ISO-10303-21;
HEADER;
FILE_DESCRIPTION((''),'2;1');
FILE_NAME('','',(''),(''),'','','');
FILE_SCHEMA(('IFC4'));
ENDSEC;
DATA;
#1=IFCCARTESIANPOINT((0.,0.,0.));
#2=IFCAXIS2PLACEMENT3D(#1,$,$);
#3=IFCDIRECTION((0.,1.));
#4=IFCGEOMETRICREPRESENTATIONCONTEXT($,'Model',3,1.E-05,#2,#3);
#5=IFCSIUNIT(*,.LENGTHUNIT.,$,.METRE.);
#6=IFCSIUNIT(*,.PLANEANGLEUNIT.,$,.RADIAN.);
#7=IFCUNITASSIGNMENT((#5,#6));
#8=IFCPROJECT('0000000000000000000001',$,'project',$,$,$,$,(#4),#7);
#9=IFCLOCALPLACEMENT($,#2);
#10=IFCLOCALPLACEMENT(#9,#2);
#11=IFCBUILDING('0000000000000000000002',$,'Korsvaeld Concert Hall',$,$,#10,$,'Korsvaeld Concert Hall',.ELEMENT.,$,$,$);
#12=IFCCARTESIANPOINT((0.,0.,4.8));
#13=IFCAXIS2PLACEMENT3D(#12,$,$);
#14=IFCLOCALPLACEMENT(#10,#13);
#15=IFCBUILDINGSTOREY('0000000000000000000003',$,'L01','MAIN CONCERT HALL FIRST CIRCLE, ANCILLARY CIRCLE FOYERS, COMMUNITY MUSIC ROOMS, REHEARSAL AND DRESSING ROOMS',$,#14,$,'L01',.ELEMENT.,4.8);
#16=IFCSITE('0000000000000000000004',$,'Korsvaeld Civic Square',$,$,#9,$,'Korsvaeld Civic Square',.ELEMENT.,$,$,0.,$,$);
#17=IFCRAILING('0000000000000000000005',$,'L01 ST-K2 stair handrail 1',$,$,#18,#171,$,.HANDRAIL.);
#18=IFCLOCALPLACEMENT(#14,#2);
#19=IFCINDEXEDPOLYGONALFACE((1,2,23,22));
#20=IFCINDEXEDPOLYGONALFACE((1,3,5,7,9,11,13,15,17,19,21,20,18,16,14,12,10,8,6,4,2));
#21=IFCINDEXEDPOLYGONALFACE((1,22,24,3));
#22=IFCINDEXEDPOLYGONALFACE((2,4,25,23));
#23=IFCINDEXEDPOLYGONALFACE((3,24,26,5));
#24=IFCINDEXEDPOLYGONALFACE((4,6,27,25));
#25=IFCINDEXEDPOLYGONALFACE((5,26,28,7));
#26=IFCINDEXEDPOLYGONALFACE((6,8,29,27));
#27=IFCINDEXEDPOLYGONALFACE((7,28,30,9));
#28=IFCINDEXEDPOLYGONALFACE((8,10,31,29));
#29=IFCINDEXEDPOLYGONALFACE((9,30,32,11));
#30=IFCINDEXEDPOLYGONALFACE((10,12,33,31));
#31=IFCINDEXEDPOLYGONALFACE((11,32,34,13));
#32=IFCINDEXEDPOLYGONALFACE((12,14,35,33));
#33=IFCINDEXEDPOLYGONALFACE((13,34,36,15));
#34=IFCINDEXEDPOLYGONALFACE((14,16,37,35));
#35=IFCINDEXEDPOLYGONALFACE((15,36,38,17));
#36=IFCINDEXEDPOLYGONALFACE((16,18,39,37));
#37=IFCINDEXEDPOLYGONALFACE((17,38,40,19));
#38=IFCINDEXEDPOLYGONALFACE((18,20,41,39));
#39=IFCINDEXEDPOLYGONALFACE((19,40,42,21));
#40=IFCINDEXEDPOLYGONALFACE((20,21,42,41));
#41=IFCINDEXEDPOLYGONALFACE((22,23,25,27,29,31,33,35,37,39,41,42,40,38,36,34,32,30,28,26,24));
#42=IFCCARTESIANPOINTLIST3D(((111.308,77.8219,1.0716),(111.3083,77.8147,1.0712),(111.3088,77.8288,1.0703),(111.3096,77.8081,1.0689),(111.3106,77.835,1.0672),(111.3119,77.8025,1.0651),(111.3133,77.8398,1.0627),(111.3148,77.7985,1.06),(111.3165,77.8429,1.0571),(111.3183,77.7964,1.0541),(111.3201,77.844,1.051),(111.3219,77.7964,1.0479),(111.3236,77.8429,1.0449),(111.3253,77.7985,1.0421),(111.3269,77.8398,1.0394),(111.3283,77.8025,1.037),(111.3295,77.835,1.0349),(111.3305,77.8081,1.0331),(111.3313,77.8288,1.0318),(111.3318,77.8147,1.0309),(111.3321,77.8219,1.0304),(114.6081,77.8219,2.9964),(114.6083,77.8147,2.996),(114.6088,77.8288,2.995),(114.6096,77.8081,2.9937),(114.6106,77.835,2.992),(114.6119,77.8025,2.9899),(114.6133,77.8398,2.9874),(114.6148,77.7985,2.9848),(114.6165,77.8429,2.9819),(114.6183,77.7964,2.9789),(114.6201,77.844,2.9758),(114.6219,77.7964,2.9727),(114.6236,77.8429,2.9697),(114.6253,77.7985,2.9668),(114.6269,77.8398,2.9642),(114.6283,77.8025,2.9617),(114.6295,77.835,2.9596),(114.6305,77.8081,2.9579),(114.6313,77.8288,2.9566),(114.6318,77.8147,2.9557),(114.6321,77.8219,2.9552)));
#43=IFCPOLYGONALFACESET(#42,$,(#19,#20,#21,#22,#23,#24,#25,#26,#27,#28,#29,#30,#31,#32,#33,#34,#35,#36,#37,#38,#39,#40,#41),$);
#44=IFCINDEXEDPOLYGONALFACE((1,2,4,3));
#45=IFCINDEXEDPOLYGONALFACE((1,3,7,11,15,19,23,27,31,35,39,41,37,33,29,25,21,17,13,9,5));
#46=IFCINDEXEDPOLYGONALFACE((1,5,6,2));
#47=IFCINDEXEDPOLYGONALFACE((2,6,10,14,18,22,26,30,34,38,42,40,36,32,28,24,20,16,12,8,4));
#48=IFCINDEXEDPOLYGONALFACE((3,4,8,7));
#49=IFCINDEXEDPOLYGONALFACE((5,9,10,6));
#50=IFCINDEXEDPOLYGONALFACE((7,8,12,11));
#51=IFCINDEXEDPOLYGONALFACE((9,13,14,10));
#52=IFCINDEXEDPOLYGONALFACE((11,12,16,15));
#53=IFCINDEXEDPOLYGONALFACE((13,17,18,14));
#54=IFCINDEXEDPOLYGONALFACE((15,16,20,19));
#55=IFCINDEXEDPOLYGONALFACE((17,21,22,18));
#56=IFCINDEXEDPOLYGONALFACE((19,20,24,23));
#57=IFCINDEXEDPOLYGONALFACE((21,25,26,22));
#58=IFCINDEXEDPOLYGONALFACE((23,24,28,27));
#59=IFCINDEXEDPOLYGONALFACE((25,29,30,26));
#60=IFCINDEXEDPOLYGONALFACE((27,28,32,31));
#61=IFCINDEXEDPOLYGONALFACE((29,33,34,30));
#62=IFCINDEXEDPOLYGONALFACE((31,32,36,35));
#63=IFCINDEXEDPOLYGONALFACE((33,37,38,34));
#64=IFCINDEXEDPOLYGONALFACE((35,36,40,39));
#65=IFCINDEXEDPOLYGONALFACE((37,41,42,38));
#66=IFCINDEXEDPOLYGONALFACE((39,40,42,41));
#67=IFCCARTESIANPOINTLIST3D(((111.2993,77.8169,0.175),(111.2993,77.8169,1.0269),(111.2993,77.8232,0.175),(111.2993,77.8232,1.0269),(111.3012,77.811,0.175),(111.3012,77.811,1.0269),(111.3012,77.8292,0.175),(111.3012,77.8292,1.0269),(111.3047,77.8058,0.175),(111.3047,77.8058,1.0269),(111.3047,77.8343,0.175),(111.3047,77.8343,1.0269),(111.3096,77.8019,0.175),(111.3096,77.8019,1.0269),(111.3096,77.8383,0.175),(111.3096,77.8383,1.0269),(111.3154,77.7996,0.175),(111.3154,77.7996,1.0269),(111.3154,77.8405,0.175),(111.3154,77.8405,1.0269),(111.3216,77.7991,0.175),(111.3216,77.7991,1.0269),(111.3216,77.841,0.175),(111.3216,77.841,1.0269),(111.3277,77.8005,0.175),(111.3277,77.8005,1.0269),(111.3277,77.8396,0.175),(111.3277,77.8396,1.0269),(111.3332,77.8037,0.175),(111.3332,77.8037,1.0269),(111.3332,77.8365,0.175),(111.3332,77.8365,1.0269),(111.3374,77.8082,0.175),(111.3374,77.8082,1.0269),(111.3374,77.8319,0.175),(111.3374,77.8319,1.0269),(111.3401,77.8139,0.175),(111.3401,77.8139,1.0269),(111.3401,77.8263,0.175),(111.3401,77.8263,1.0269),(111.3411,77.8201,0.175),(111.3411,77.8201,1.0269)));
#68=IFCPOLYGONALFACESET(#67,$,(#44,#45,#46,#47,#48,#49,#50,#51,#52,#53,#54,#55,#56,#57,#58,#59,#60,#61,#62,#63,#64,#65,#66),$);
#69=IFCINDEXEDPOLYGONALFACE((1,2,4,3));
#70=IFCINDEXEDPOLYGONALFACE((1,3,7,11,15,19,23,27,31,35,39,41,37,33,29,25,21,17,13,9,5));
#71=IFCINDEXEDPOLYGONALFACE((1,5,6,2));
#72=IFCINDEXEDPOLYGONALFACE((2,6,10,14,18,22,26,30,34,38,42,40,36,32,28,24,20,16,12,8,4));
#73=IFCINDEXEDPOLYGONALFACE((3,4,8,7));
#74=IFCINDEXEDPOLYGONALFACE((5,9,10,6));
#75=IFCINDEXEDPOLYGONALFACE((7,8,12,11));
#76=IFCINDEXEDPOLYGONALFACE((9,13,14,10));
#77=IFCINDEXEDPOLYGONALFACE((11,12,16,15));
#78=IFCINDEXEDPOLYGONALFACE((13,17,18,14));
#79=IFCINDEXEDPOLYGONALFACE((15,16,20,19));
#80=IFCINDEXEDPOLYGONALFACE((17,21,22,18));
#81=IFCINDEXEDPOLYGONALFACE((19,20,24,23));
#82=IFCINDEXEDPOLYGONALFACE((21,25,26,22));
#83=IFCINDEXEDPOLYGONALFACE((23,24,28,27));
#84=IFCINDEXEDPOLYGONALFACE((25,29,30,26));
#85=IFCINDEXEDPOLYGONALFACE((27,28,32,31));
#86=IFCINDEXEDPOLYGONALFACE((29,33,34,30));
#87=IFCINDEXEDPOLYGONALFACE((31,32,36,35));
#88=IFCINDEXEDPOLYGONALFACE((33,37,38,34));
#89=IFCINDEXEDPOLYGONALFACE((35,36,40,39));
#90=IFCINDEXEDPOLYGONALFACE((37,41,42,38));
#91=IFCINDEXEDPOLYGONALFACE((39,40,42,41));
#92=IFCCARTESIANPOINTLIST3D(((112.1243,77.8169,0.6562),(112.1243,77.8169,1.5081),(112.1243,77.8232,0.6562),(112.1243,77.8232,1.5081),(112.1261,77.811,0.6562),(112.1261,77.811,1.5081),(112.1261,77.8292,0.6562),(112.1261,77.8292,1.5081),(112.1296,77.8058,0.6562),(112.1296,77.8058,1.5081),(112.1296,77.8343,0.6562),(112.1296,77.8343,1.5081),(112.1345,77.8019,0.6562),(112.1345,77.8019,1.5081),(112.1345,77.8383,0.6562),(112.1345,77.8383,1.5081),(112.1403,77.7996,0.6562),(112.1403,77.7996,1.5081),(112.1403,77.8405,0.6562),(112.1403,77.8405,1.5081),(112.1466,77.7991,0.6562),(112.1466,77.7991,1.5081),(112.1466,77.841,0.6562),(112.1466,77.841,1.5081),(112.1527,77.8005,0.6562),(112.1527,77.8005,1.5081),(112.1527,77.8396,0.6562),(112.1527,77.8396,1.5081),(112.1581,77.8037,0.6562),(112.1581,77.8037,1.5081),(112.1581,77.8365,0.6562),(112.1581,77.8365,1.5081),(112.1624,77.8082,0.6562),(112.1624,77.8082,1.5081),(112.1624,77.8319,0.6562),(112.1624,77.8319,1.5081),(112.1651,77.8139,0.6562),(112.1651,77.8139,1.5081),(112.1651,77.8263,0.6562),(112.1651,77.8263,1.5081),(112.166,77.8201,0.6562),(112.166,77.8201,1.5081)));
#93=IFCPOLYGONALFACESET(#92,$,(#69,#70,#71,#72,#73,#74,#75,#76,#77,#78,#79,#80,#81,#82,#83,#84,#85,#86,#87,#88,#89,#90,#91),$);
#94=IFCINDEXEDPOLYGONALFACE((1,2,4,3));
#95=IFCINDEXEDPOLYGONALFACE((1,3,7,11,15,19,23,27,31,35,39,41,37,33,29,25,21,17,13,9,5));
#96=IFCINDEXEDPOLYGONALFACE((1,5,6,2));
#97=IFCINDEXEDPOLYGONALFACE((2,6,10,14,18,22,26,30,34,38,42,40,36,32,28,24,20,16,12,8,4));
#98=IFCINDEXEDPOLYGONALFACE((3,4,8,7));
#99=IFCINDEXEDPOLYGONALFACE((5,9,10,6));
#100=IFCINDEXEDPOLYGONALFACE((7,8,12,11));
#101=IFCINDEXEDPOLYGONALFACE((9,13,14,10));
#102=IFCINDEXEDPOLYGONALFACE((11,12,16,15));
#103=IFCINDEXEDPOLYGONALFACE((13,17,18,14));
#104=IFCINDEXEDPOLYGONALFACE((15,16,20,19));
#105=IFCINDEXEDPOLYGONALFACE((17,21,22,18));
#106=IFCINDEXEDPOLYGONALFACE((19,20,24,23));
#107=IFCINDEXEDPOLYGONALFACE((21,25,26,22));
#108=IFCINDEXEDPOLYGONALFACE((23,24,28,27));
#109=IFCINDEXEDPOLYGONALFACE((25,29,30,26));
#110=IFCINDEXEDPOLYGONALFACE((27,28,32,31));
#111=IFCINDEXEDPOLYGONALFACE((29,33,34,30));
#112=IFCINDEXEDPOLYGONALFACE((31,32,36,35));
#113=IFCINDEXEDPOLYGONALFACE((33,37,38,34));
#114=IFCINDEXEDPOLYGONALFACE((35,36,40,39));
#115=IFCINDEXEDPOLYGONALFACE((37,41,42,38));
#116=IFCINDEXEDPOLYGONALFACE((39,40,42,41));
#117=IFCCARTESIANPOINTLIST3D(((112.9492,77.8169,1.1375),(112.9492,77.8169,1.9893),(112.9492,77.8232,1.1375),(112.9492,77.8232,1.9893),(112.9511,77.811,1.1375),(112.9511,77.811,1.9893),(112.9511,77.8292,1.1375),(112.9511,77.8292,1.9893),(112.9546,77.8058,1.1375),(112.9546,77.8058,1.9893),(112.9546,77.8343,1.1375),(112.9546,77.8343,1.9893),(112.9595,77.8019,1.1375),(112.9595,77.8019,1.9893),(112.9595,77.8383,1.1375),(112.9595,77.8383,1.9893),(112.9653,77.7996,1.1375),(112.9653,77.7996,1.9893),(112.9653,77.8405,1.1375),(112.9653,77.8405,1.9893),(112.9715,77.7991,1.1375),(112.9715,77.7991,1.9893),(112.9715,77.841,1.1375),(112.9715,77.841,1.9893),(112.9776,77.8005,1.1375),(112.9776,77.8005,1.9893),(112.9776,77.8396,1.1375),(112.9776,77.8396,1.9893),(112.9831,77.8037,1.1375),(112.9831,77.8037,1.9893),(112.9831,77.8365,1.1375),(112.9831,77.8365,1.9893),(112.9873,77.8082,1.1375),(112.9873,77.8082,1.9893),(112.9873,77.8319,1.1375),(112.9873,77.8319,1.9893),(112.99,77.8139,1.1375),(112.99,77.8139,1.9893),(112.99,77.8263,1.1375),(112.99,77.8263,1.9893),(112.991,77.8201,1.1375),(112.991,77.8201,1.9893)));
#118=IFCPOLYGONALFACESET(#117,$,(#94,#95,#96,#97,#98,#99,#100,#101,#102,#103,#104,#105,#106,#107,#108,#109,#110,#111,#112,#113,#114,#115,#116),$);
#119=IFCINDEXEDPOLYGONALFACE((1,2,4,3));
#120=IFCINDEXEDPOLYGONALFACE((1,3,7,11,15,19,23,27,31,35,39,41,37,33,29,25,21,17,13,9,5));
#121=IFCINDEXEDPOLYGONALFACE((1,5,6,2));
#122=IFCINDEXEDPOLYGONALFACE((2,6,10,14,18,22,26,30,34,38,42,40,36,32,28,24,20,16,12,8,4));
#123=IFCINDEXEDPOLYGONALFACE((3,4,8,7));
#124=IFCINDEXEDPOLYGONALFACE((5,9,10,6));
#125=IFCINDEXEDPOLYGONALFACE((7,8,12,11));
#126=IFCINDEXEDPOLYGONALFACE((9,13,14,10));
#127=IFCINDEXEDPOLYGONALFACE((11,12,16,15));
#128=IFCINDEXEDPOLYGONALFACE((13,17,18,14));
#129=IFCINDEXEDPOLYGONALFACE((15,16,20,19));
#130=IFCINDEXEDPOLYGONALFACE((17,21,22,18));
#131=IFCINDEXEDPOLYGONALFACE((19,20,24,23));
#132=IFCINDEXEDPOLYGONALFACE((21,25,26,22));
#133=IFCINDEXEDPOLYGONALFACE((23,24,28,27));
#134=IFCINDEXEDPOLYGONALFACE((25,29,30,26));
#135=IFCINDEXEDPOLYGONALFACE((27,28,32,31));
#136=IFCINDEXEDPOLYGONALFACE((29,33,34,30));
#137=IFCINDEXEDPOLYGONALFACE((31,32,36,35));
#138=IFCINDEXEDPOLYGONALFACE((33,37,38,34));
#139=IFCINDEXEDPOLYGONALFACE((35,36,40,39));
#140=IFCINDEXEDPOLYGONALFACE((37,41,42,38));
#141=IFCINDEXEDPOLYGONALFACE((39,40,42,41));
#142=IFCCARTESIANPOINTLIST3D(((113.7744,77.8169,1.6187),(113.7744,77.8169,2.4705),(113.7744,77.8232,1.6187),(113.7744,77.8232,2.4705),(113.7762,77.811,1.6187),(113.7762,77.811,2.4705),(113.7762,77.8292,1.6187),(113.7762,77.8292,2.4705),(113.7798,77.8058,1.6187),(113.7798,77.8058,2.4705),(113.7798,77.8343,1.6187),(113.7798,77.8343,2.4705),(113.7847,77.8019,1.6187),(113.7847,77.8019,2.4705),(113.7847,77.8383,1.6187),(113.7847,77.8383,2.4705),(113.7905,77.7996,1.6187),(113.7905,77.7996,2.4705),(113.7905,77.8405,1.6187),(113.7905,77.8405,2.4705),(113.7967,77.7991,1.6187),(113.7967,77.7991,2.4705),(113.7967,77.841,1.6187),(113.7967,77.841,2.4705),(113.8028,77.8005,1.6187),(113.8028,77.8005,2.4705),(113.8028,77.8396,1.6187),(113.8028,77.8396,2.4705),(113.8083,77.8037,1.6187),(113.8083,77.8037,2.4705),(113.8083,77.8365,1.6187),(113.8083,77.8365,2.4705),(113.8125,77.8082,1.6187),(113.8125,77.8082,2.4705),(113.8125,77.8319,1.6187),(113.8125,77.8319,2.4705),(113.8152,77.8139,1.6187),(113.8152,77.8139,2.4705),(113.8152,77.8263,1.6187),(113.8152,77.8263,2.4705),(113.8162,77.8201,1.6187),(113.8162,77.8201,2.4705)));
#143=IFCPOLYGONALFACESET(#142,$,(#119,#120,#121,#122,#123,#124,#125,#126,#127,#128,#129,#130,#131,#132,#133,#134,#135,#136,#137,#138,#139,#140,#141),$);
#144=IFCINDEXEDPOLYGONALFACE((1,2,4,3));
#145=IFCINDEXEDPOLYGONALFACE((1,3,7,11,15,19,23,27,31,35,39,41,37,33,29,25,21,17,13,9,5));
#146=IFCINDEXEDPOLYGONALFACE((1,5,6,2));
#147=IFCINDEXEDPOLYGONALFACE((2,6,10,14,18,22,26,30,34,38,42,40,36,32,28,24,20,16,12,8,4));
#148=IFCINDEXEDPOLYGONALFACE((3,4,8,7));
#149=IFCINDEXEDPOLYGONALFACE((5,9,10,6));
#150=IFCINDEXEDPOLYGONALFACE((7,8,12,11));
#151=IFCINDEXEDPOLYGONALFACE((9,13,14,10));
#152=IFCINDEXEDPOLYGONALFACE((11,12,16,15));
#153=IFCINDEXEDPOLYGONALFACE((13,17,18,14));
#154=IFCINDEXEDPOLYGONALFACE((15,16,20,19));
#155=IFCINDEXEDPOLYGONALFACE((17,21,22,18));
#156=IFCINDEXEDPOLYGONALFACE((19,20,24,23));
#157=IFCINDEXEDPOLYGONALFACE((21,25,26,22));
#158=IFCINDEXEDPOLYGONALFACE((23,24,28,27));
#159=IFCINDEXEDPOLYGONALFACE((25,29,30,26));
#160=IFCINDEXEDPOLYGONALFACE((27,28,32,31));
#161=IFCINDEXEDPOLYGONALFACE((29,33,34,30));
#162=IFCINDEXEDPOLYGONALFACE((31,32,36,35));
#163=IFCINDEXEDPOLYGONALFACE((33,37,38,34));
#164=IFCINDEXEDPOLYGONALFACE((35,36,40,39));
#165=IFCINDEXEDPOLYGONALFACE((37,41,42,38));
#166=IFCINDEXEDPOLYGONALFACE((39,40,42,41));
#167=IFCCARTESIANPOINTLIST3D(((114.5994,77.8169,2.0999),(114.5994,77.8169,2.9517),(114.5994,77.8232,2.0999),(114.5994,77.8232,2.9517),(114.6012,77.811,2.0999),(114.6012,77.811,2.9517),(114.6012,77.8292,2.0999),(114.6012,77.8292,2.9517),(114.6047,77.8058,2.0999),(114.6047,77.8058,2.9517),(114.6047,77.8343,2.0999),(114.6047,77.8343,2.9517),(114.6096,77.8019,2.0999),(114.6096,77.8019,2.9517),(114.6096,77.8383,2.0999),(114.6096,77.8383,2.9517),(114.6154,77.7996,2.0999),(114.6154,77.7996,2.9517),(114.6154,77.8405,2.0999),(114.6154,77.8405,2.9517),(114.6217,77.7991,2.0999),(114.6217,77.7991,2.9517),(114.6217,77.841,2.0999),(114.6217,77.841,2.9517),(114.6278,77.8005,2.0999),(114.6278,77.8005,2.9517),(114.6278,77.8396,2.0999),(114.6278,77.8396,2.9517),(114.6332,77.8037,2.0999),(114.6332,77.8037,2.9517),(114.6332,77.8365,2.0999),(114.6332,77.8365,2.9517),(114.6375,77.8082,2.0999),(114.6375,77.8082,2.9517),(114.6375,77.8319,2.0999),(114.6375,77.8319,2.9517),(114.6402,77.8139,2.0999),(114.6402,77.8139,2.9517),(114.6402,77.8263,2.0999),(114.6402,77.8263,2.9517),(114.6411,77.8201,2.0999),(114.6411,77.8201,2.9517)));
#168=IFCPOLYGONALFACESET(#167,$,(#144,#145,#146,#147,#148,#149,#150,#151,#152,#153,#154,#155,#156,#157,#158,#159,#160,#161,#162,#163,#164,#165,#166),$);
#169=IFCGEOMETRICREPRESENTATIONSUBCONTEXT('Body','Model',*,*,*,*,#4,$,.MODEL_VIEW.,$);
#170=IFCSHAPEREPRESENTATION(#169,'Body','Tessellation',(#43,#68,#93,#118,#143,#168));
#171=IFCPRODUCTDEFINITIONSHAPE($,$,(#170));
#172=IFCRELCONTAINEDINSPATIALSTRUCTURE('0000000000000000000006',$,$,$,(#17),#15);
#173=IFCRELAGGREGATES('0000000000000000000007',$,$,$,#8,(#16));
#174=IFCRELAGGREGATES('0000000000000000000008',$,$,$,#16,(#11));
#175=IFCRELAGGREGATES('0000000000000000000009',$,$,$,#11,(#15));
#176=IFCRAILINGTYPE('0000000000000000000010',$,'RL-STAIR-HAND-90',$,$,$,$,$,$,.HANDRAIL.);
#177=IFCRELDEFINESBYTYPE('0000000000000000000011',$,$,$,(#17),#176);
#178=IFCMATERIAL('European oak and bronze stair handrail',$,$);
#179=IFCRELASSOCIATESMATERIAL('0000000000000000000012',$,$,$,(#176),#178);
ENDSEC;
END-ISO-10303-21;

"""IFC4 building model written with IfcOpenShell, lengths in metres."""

from ifc_helpers import new_model, si_unit, direction, frame, origin, origin_2d, place, context, subcontext, project, spatial, circle, extrude, material, type_object, element, save


model = new_model("IFC4")

# Units and contexts
model_context = context("Model", 3, precision=1e-05, world=origin(), true_north=direction((0.0, 1.0)))
body_context = subcontext(model_context, "Body", "Model", "MODEL_VIEW")
ifc_project = project(units=[si_unit("LENGTHUNIT", "METRE"), si_unit("PLANEANGLEUNIT", "RADIAN")], contexts=[model_context])

# Site, building, storey
site_placement = place(None, origin())
site = spatial("IfcSite", under=ifc_project, at=site_placement, Name="Korsvaeld Civic Square", LongName="Korsvaeld Civic Square", CompositionType="ELEMENT", RefElevation=0.0)
building_placement = place(site_placement, origin())
building = spatial("IfcBuilding", under=site, at=building_placement, Name="Korsvaeld Concert Hall", LongName="Korsvaeld Concert Hall", CompositionType="ELEMENT")
storey_placement = place(building_placement, frame((0.0, 0.0, 4.8)))
storey = spatial("IfcBuildingStorey", under=building, at=storey_placement, Name="L01", Description="MAIN CONCERT HALL FIRST CIRCLE, ANCILLARY CIRCLE FOYERS, COMMUNITY MUSIC ROOMS, REHEARSAL AND DRESSING ROOMS", LongName="L01", CompositionType="ELEMENT", Elevation=4.8)

# Railing
ifc_material_1 = material(Name="European oak and bronze stair handrail")
railing_type_1 = type_object("IfcRailingType", Name="RL-STAIR-HAND-90", PredefinedType="HANDRAIL", material=ifc_material_1)
railing_1_placement = place(storey_placement, frame((111.3201, 77.8201, 0.175)))
element("IfcRailing", 1, at=railing_1_placement, inside=storey, type_object=railing_type_1, Name="L01 ST-K2 stair handrail 1", PredefinedType="HANDRAIL", context=body_context, shape_type="SweptSolid", body=[
    extrude(circle(Radius=0.0239, at=origin_2d()), frame((0.0, 0.0, 0.876), z_axis=(0.863804, 0.0, 0.503827), x_axis=(0.0, 1.0, 0.0)), (0.0, 0.0, 1.0), 3.8203),
    extrude(circle(Radius=0.021, at=origin_2d()), origin(), (0.0, 0.0, 1.0), 0.8518),
    extrude(circle(Radius=0.021, at=origin_2d()), frame((0.825, 0.0, 0.4812)), (0.0, 0.0, 1.0), 0.8518),
    extrude(circle(Radius=0.021, at=origin_2d()), frame((1.6499, 0.0, 0.9624)), (0.0, 0.0, 1.0), 0.8518),
    extrude(circle(Radius=0.021, at=origin_2d()), frame((2.4751, 0.0, 1.4436)), (0.0, 0.0, 1.0), 0.8518),
    extrude(circle(Radius=0.021, at=origin_2d()), frame((3.3, 0.0, 1.9248)), (0.0, 0.0, 1.0), 0.8518),
])

save(model, "model.ifc")
